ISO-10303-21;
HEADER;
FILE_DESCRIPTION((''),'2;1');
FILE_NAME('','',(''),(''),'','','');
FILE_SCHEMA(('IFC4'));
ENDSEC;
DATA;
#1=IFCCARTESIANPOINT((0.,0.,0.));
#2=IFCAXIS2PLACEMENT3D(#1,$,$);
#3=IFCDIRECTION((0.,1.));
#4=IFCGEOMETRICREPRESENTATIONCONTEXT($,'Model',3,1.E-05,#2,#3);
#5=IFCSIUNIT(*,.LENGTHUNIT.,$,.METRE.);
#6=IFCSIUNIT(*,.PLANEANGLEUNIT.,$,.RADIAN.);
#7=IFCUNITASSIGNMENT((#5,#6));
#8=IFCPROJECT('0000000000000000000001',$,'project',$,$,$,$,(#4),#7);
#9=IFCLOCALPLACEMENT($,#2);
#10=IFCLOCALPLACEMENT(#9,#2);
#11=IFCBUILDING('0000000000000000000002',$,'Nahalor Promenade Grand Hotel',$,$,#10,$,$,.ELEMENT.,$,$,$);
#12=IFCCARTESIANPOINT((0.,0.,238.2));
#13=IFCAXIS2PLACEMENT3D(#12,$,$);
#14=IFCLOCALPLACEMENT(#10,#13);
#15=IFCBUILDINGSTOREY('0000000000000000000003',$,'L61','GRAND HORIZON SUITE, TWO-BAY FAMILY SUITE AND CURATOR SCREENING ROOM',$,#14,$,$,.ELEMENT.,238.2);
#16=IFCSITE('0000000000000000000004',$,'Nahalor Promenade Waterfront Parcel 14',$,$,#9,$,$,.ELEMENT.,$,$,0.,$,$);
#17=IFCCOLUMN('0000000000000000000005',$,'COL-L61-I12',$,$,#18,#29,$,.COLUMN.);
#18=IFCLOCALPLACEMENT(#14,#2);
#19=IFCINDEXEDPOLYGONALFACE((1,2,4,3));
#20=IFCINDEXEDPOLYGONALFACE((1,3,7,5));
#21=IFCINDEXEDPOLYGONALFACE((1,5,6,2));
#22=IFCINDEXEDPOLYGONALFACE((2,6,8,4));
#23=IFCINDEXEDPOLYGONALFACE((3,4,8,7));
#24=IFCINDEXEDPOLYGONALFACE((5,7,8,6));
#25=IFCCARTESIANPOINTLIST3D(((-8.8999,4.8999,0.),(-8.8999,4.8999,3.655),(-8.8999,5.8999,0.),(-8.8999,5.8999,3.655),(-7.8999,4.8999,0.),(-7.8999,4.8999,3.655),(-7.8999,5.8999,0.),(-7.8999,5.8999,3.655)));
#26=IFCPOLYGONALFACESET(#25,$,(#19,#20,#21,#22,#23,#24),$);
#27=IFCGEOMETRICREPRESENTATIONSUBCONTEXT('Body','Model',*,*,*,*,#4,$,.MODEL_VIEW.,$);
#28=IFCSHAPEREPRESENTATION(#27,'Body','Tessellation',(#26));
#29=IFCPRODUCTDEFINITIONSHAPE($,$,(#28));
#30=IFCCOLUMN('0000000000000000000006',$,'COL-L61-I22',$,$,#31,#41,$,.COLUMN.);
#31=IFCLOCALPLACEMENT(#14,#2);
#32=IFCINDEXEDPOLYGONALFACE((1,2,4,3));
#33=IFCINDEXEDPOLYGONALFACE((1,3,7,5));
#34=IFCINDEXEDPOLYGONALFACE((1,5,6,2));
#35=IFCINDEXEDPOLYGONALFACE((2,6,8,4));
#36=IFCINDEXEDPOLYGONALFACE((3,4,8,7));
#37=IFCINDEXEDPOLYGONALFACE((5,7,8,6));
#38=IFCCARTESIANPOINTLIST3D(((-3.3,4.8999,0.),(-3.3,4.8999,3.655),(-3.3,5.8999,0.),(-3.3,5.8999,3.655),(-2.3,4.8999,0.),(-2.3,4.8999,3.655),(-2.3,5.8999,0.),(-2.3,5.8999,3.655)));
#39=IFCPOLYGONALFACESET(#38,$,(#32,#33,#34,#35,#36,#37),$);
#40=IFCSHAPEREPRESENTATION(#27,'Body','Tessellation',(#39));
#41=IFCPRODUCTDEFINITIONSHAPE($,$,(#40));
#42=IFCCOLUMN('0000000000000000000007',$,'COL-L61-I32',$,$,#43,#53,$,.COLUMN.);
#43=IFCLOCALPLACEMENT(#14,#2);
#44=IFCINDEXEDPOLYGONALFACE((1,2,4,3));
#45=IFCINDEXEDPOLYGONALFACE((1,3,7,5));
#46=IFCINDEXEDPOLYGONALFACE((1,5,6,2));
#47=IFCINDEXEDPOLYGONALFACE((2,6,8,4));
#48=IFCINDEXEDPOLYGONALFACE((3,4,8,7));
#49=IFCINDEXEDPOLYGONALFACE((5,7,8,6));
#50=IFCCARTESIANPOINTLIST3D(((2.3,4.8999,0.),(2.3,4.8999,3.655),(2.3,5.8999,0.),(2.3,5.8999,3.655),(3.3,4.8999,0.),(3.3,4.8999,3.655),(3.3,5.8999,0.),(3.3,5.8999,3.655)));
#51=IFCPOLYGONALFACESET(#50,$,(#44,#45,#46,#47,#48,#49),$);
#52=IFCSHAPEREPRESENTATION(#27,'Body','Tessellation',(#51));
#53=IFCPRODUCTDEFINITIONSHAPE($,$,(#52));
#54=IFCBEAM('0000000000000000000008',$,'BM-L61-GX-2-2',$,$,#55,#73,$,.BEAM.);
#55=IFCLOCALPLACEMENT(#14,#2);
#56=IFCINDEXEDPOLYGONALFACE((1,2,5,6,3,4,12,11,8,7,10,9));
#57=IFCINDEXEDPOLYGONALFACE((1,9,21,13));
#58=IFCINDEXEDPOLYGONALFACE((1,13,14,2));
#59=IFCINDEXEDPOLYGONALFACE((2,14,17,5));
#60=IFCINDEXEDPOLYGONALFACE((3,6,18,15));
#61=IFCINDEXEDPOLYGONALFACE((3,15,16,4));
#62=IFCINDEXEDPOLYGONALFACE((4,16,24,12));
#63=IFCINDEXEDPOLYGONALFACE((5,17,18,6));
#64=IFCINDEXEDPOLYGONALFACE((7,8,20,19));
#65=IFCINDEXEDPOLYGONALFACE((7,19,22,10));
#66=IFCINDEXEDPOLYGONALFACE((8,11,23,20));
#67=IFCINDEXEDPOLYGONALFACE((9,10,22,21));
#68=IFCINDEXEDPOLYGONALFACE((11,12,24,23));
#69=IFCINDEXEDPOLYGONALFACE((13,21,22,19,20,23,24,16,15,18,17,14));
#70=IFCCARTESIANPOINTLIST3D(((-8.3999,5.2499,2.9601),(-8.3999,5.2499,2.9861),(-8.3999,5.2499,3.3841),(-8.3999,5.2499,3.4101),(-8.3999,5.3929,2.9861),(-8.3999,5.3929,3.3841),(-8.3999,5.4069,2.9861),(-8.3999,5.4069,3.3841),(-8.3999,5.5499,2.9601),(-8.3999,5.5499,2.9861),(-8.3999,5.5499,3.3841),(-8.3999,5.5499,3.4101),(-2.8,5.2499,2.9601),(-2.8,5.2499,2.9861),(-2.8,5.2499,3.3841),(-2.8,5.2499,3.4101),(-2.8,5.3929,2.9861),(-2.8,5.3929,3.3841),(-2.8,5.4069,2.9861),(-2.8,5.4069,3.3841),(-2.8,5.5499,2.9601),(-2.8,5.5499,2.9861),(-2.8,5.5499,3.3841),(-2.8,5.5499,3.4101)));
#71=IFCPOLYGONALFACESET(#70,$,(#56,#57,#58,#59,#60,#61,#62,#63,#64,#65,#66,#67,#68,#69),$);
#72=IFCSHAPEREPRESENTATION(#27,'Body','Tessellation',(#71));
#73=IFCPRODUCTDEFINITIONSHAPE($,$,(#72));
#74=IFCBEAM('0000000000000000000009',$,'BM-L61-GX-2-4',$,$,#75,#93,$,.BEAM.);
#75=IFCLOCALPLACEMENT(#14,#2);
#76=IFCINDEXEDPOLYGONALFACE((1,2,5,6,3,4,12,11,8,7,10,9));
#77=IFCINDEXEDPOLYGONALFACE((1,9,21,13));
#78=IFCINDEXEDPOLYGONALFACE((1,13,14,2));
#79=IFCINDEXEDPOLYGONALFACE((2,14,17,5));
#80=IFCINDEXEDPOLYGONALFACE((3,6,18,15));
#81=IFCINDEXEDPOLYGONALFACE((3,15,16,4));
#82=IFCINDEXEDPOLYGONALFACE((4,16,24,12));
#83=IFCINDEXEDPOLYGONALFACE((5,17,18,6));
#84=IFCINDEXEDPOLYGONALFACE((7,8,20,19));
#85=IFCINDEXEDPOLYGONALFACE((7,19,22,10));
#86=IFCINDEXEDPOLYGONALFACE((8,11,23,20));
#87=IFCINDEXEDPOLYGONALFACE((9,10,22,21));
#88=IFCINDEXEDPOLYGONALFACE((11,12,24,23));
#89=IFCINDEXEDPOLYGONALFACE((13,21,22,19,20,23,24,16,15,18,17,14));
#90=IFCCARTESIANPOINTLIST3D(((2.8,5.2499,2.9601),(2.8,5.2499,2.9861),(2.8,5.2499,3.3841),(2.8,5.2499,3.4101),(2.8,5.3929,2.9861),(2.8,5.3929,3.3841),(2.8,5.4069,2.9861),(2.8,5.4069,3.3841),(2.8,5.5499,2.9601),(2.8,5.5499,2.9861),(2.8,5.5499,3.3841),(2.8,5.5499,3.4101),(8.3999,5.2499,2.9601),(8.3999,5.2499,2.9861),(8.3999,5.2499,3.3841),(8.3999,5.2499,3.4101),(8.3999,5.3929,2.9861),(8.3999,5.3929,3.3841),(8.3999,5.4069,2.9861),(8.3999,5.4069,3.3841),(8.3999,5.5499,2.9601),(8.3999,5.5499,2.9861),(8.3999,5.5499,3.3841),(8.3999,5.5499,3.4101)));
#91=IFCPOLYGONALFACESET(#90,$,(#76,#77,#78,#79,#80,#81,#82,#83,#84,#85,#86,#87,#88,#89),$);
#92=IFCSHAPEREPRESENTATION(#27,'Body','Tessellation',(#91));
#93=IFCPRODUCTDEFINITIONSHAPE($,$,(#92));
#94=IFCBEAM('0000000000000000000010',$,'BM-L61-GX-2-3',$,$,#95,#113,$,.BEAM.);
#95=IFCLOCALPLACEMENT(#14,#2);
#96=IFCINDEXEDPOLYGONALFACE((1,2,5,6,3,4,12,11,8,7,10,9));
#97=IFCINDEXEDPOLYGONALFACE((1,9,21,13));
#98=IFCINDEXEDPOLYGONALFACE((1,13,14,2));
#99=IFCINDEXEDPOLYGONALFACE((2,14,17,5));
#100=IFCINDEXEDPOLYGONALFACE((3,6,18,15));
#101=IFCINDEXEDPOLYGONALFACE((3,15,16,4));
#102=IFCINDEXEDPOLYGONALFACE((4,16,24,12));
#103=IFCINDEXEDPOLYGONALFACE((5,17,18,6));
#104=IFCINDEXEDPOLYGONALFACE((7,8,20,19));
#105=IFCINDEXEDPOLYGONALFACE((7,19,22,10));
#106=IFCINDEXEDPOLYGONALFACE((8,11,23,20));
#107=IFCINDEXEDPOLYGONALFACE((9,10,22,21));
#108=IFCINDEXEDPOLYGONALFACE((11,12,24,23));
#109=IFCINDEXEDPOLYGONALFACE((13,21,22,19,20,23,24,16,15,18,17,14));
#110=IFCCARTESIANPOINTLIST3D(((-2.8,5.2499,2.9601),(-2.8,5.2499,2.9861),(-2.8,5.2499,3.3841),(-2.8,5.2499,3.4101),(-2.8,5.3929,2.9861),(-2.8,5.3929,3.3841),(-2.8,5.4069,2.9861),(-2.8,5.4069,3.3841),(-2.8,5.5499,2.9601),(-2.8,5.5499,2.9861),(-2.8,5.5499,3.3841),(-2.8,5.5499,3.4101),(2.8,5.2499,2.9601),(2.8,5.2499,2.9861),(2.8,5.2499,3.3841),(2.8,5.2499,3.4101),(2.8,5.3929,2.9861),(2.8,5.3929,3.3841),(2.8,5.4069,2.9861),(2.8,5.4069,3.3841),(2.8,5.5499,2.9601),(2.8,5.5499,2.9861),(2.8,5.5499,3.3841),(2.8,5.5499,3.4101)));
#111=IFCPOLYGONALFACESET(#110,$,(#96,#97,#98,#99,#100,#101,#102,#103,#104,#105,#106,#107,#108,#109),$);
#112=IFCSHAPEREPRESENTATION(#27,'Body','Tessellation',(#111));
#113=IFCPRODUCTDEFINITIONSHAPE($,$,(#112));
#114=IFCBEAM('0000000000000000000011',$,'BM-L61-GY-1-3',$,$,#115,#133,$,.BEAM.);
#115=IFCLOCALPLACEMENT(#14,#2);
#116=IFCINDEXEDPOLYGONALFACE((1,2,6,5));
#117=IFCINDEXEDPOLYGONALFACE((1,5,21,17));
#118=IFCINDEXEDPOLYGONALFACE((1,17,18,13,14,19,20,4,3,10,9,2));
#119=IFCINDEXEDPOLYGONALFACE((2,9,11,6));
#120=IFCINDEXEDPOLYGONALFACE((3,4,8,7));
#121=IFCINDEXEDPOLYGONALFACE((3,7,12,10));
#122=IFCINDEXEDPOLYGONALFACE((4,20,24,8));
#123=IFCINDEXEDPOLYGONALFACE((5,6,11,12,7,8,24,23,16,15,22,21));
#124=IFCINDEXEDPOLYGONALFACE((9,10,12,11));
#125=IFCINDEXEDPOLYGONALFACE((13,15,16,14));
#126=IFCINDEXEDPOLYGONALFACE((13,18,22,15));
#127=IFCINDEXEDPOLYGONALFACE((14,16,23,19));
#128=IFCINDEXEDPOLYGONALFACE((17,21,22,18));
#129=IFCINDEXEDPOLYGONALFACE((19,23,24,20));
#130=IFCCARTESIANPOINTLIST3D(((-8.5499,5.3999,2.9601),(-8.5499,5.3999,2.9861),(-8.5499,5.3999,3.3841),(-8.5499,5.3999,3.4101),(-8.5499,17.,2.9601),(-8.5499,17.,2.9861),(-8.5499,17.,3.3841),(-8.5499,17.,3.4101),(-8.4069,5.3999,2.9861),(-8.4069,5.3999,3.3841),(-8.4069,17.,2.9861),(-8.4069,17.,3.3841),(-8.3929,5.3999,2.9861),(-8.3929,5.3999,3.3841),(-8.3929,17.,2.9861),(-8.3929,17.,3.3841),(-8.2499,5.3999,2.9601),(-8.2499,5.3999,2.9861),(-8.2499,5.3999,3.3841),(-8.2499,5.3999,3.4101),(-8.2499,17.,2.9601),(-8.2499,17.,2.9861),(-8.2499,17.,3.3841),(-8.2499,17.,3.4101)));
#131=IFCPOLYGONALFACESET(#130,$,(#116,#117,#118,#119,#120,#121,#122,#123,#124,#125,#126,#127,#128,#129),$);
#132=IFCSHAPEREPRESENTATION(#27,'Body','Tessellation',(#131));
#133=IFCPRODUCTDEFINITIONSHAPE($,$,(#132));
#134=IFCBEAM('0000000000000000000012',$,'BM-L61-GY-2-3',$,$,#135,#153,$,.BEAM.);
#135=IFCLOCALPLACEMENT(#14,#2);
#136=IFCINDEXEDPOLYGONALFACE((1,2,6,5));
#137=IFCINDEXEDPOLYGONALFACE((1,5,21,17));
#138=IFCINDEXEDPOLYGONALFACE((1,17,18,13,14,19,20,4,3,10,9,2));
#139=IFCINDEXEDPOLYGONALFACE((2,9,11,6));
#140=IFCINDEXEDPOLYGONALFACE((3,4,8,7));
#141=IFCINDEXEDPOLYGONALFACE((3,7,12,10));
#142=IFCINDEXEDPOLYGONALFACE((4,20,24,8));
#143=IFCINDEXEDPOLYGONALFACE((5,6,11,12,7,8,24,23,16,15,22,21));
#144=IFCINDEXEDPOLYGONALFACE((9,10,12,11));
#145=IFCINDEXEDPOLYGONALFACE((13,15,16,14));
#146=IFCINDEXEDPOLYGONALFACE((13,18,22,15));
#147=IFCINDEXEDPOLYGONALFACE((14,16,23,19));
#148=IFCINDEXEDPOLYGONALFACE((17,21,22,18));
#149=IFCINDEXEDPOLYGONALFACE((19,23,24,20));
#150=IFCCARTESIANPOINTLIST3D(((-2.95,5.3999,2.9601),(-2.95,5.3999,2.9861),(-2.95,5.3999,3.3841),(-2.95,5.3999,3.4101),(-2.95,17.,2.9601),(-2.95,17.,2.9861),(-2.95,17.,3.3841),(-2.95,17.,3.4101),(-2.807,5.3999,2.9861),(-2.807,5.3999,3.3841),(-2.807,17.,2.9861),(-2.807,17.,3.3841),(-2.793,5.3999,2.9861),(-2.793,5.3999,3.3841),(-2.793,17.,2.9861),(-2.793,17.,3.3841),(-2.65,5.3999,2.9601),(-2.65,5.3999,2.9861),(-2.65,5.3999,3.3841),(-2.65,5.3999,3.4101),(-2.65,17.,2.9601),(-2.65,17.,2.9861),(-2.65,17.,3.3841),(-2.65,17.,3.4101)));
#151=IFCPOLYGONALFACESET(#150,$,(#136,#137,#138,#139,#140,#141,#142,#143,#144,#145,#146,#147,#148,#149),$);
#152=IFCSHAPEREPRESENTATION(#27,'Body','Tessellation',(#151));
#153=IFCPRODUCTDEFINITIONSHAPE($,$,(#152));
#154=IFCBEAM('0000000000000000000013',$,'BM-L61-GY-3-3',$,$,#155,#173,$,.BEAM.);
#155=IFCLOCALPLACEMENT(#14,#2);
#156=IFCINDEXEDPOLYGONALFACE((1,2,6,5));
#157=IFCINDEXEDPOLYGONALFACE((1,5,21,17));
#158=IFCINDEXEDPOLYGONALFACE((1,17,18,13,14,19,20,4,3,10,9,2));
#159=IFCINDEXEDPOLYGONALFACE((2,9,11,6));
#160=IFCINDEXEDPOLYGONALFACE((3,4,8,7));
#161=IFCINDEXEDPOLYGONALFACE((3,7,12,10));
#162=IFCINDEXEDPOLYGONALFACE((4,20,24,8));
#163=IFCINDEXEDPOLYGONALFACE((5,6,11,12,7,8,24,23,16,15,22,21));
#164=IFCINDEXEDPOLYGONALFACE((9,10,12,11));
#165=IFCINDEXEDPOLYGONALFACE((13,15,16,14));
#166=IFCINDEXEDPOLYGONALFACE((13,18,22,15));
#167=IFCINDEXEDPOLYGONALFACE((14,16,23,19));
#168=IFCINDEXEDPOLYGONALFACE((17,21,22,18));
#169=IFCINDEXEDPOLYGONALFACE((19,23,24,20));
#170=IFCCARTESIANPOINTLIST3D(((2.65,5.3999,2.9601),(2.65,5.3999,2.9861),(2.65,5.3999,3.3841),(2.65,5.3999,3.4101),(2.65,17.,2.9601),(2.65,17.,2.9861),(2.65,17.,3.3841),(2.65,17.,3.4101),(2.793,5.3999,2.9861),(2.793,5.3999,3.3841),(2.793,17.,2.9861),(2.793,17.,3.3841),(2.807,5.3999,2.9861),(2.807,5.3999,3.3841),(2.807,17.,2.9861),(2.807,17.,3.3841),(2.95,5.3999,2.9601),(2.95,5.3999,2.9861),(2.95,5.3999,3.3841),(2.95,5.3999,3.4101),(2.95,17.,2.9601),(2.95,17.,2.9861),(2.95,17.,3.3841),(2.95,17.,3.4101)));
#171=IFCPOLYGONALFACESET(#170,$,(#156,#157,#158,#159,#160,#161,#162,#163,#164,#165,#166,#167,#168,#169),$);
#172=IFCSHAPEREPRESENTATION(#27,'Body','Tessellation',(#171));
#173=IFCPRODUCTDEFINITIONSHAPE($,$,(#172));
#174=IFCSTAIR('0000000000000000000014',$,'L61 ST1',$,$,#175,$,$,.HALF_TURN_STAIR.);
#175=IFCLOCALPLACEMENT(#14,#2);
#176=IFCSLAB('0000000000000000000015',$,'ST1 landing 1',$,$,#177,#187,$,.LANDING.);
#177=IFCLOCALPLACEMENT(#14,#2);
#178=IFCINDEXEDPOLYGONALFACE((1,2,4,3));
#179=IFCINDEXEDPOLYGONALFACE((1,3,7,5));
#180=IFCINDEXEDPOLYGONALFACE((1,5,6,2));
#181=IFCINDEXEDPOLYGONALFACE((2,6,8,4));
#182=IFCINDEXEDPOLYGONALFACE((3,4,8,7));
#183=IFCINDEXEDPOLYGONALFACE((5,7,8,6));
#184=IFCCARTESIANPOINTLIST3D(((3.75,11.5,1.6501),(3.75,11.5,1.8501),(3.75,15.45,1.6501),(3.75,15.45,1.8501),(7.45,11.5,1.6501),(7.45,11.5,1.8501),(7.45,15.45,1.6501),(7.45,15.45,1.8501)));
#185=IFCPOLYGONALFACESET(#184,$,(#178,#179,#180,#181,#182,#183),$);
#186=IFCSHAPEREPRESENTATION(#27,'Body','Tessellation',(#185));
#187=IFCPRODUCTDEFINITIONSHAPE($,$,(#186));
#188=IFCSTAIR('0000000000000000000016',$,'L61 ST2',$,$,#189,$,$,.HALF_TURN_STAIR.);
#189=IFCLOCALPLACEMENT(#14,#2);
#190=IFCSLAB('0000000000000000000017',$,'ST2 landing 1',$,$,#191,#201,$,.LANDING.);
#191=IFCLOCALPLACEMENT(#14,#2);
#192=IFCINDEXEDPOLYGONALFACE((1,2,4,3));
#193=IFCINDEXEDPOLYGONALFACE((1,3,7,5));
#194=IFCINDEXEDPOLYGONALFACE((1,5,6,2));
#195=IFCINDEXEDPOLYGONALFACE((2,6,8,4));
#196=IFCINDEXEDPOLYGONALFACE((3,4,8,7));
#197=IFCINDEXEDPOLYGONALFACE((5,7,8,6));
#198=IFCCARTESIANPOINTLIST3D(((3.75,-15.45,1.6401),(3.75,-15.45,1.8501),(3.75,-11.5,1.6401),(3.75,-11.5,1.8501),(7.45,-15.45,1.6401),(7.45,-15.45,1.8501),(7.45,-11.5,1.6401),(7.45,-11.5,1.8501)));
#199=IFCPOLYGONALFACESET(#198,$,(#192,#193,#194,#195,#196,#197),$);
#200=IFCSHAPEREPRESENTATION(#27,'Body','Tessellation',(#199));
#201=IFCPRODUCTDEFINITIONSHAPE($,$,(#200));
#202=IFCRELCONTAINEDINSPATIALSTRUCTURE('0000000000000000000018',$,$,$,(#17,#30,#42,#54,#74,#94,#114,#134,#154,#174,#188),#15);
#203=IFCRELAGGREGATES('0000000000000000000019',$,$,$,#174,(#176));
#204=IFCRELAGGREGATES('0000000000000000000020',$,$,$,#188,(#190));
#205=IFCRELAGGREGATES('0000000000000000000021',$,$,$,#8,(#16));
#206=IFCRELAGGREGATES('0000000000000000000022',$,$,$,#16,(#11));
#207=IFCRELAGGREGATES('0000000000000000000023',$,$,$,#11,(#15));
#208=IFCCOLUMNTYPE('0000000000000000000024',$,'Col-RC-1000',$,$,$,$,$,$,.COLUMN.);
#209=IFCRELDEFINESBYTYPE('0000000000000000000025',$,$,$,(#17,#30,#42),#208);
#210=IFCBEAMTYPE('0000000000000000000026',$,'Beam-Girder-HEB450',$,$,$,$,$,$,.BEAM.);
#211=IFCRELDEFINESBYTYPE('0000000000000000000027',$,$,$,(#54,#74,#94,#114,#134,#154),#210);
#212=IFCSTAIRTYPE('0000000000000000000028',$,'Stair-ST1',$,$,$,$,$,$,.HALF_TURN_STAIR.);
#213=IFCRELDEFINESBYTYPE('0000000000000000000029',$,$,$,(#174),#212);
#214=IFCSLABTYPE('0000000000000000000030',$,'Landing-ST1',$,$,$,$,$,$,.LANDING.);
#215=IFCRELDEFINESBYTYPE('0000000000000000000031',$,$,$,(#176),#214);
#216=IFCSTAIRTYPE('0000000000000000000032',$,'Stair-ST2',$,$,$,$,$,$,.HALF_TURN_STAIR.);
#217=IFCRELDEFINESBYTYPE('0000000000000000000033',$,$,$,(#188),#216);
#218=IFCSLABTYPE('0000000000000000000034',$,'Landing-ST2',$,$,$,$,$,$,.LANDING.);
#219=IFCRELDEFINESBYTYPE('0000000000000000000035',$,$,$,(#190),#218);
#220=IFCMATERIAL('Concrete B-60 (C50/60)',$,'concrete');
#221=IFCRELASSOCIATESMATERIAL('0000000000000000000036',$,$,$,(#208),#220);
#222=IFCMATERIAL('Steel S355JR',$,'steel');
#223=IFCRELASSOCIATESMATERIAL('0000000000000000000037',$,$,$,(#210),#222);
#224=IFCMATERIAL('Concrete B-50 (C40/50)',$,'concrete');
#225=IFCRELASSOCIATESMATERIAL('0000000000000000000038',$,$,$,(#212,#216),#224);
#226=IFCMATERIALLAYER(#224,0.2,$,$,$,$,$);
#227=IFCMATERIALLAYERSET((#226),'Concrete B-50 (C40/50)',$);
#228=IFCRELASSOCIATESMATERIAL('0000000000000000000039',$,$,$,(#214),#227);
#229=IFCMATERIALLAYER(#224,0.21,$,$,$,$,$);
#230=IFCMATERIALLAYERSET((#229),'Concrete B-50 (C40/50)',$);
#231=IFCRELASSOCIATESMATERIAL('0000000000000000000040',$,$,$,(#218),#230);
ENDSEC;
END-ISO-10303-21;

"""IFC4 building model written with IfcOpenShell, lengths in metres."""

from ifc_helpers import new_model, si_unit, direction, frame, origin, origin_2d, place, context, subcontext, project, spatial, polyline, rectangle, i_section, outline, extrude, source, transform, mapped, material, layer, layer_set, material_profile, profile_set, type_object, element, aggregate, save


model = new_model("IFC4")

# Units and contexts
model_context = context("Model", 3, precision=1e-05, world=origin(), true_north=direction((0.0, 1.0)))
body_context = subcontext(model_context, "Body", "Model", "MODEL_VIEW")
ifc_project = project(units=[si_unit("LENGTHUNIT", "METRE"), si_unit("PLANEANGLEUNIT", "RADIAN")], contexts=[model_context])

# Site, building, storey
site_placement = place(None, origin())
site = spatial("IfcSite", under=ifc_project, at=site_placement, Name="Nahalor Promenade Waterfront Parcel 14", CompositionType="ELEMENT", RefElevation=0.0)
building_placement = place(site_placement, origin())
building = spatial("IfcBuilding", under=site, at=building_placement, Name="Nahalor Promenade Grand Hotel", CompositionType="ELEMENT")
storey_placement = place(building_placement, frame((0.0, 0.0, 238.2)))
storey = spatial("IfcBuildingStorey", under=building, at=storey_placement, Name="L61", Description="GRAND HORIZON SUITE, TWO-BAY FAMILY SUITE AND CURATOR SCREENING ROOM", CompositionType="ELEMENT", Elevation=238.2)

# Columns
ifc_material_1 = material(Name="Concrete B-60 (C50/60)", Category="concrete")
ifc_material_profile_1 = material_profile(ifc_material_1, rectangle(XDim=1.0, YDim=1.0, at=origin_2d()), Name="RC 1000x1000")
ifc_profile_set_1 = profile_set([ifc_material_profile_1], Name="Concrete B-60 (C50/60)")
column_type = type_object("IfcColumnType", Name="Col-RC-1000", PredefinedType="COLUMN", material=ifc_profile_set_1)
shared_shape_1 = source(origin(), body_context, "Body", "SweptSolid", [
    extrude(rectangle(XDim=1.0, YDim=1.0, at=origin_2d()), origin(), (0.0, 0.0, 1.0), 3.655),
])
for number, where, z_axis, x_axis, name in (
    (1, (-8.3999, 5.3999, 0.0), (0.0, 0.0, 1.0), (1.0, 0.0, 0.0), "COL-L61-I12"),
    (2, (-2.8, 5.3999, 0.0), (0.0, 0.0, 1.0), (1.0, 0.0, 0.0), "COL-L61-I22"),
    (3, (2.8, 5.3999, 0.0), (0.0, 0.0, 1.0), (1.0, 0.0, 0.0), "COL-L61-I32"),
):
    element("IfcColumn", number, at=place(storey_placement, frame(where, z_axis=z_axis, x_axis=x_axis)), inside=storey, type_object=column_type, Name=name, PredefinedType="COLUMN", context=body_context, shape_type="MappedRepresentation", body=[
        mapped(shared_shape_1, transform((0.0, 0.0, 0.0), scale=1.0)),
    ])

# Beams
ifc_material_2 = material(Name="Steel S355JR", Category="steel")
ifc_material_profile_2 = material_profile(ifc_material_2, i_section(OverallWidth=0.3, OverallDepth=0.45, WebThickness=0.014, FlangeThickness=0.026, at=origin_2d()), Name="HEB 450")
ifc_profile_set_2 = profile_set([ifc_material_profile_2], Name="Steel S355JR")
beam_type = type_object("IfcBeamType", Name="Beam-Girder-HEB450", PredefinedType="BEAM", material=ifc_profile_set_2)
shared_shape_2 = source(origin(), body_context, "Body", "SweptSolid", [
    extrude(i_section(OverallWidth=0.3, OverallDepth=0.45, WebThickness=0.014, FlangeThickness=0.026, at=origin_2d()), origin(), (0.0, 0.0, 1.0), 5.5999),
])
for number, where, z_axis, x_axis, name in (
    (4, (-8.3999, 5.3999, 3.1851), (1.0, 0.0, 0.0), (0.0, 1.0, 0.0), "BM-L61-GX-2-2"),
    (5, (2.8, 5.3999, 3.1851), (1.0, 0.0, 0.0), (0.0, 1.0, 0.0), "BM-L61-GX-2-4"),
):
    element("IfcBeam", number, at=place(storey_placement, frame(where, z_axis=z_axis, x_axis=x_axis)), inside=storey, type_object=beam_type, Name=name, PredefinedType="BEAM", context=body_context, shape_type="MappedRepresentation", body=[
        mapped(shared_shape_2, transform((0.0, 0.0, 0.0), scale=1.0)),
    ])
shared_shape_3 = source(origin(), body_context, "Body", "SweptSolid", [
    extrude(i_section(OverallWidth=0.3, OverallDepth=0.45, WebThickness=0.014, FlangeThickness=0.026, at=origin_2d()), origin(), (0.0, 0.0, 1.0), 5.6001),
])
beam_placement = place(storey_placement, frame((-2.8, 5.3999, 3.1851), z_axis=(1.0, 0.0, 0.0), x_axis=(0.0, 1.0, 0.0)))
element("IfcBeam", 6, at=beam_placement, inside=storey, type_object=beam_type, Name="BM-L61-GX-2-3", PredefinedType="BEAM", context=body_context, shape_type="MappedRepresentation", body=[
    mapped(shared_shape_3, transform((0.0, 0.0, 0.0), scale=1.0)),
])
shared_shape_4 = source(origin(), body_context, "Body", "SweptSolid", [
    extrude(i_section(OverallWidth=0.3, OverallDepth=0.45, WebThickness=0.014, FlangeThickness=0.026, at=origin_2d()), origin(), (0.0, 0.0, 1.0), 11.6001),
])
for number, where, z_axis, x_axis, name in (
    (7, (-8.3999, 5.3999, 3.1851), (0.0, 1.0, 0.0), (-1.0, 0.0, 0.0), "BM-L61-GY-1-3"),
    (8, (-2.8, 5.3999, 3.1851), (0.0, 1.0, 0.0), (-1.0, 0.0, 0.0), "BM-L61-GY-2-3"),
    (9, (2.8, 5.3999, 3.1851), (0.0, 1.0, 0.0), (-1.0, 0.0, 0.0), "BM-L61-GY-3-3"),
):
    element("IfcBeam", number, at=place(storey_placement, frame(where, z_axis=z_axis, x_axis=x_axis)), inside=storey, type_object=beam_type, Name=name, PredefinedType="BEAM", context=body_context, shape_type="MappedRepresentation", body=[
        mapped(shared_shape_4, transform((0.0, 0.0, 0.0), scale=1.0)),
    ])

# Stairs, slabs
ifc_material_3 = material(Name="Concrete B-50 (C40/50)", Category="concrete")
stair_type_1 = type_object("IfcStairType", Name="Stair-ST1", PredefinedType="HALF_TURN_STAIR", material=ifc_material_3)
stair_1_placement = place(storey_placement, origin())
stair_1 = element("IfcStair", 10, at=stair_1_placement, inside=storey, type_object=stair_type_1, Name="L61 ST1", PredefinedType="HALF_TURN_STAIR")
ifc_layer_1 = layer(ifc_material_3, 0.2)
ifc_layer_set_1 = layer_set([ifc_layer_1], Name="Concrete B-50 (C40/50)")
slab_type_1 = type_object("IfcSlabType", Name="Landing-ST1", PredefinedType="LANDING", material=ifc_layer_set_1)
slab_1_placement = place(storey_placement, frame((0.0, 0.0, 1.6501)))
slab_1 = element("IfcSlab", 11, at=slab_1_placement, type_object=slab_type_1, Name="ST1 landing 1", PredefinedType="LANDING", context=body_context, shape_type="SweptSolid", body=[
    extrude(outline(polyline([(7.45, 11.5), (7.45, 15.45), (3.75, 15.45), (3.75, 11.5), (7.45, 11.5)])), origin(), (0.0, 0.0, 1.0), 0.2),
])
aggregate(stair_1, [slab_1])
stair_type_2 = type_object("IfcStairType", Name="Stair-ST2", PredefinedType="HALF_TURN_STAIR", material=ifc_material_3)
stair_2_placement = place(storey_placement, origin())
stair_2 = element("IfcStair", 12, at=stair_2_placement, inside=storey, type_object=stair_type_2, Name="L61 ST2", PredefinedType="HALF_TURN_STAIR")
ifc_layer_2 = layer(ifc_material_3, 0.21)
ifc_layer_set_2 = layer_set([ifc_layer_2], Name="Concrete B-50 (C40/50)")
slab_type_2 = type_object("IfcSlabType", Name="Landing-ST2", PredefinedType="LANDING", material=ifc_layer_set_2)
slab_2_placement = place(storey_placement, frame((0.0, 0.0, 1.6401)))
slab_2 = element("IfcSlab", 13, at=slab_2_placement, type_object=slab_type_2, Name="ST2 landing 1", PredefinedType="LANDING", context=body_context, shape_type="SweptSolid", body=[
    extrude(outline(polyline([(3.75, -11.5), (3.75, -15.45), (7.45, -15.45), (7.45, -11.5), (3.75, -11.5)])), origin(), (0.0, 0.0, 1.0), 0.21),
])
aggregate(stair_2, [slab_2])

save(model, "model.ifc")
